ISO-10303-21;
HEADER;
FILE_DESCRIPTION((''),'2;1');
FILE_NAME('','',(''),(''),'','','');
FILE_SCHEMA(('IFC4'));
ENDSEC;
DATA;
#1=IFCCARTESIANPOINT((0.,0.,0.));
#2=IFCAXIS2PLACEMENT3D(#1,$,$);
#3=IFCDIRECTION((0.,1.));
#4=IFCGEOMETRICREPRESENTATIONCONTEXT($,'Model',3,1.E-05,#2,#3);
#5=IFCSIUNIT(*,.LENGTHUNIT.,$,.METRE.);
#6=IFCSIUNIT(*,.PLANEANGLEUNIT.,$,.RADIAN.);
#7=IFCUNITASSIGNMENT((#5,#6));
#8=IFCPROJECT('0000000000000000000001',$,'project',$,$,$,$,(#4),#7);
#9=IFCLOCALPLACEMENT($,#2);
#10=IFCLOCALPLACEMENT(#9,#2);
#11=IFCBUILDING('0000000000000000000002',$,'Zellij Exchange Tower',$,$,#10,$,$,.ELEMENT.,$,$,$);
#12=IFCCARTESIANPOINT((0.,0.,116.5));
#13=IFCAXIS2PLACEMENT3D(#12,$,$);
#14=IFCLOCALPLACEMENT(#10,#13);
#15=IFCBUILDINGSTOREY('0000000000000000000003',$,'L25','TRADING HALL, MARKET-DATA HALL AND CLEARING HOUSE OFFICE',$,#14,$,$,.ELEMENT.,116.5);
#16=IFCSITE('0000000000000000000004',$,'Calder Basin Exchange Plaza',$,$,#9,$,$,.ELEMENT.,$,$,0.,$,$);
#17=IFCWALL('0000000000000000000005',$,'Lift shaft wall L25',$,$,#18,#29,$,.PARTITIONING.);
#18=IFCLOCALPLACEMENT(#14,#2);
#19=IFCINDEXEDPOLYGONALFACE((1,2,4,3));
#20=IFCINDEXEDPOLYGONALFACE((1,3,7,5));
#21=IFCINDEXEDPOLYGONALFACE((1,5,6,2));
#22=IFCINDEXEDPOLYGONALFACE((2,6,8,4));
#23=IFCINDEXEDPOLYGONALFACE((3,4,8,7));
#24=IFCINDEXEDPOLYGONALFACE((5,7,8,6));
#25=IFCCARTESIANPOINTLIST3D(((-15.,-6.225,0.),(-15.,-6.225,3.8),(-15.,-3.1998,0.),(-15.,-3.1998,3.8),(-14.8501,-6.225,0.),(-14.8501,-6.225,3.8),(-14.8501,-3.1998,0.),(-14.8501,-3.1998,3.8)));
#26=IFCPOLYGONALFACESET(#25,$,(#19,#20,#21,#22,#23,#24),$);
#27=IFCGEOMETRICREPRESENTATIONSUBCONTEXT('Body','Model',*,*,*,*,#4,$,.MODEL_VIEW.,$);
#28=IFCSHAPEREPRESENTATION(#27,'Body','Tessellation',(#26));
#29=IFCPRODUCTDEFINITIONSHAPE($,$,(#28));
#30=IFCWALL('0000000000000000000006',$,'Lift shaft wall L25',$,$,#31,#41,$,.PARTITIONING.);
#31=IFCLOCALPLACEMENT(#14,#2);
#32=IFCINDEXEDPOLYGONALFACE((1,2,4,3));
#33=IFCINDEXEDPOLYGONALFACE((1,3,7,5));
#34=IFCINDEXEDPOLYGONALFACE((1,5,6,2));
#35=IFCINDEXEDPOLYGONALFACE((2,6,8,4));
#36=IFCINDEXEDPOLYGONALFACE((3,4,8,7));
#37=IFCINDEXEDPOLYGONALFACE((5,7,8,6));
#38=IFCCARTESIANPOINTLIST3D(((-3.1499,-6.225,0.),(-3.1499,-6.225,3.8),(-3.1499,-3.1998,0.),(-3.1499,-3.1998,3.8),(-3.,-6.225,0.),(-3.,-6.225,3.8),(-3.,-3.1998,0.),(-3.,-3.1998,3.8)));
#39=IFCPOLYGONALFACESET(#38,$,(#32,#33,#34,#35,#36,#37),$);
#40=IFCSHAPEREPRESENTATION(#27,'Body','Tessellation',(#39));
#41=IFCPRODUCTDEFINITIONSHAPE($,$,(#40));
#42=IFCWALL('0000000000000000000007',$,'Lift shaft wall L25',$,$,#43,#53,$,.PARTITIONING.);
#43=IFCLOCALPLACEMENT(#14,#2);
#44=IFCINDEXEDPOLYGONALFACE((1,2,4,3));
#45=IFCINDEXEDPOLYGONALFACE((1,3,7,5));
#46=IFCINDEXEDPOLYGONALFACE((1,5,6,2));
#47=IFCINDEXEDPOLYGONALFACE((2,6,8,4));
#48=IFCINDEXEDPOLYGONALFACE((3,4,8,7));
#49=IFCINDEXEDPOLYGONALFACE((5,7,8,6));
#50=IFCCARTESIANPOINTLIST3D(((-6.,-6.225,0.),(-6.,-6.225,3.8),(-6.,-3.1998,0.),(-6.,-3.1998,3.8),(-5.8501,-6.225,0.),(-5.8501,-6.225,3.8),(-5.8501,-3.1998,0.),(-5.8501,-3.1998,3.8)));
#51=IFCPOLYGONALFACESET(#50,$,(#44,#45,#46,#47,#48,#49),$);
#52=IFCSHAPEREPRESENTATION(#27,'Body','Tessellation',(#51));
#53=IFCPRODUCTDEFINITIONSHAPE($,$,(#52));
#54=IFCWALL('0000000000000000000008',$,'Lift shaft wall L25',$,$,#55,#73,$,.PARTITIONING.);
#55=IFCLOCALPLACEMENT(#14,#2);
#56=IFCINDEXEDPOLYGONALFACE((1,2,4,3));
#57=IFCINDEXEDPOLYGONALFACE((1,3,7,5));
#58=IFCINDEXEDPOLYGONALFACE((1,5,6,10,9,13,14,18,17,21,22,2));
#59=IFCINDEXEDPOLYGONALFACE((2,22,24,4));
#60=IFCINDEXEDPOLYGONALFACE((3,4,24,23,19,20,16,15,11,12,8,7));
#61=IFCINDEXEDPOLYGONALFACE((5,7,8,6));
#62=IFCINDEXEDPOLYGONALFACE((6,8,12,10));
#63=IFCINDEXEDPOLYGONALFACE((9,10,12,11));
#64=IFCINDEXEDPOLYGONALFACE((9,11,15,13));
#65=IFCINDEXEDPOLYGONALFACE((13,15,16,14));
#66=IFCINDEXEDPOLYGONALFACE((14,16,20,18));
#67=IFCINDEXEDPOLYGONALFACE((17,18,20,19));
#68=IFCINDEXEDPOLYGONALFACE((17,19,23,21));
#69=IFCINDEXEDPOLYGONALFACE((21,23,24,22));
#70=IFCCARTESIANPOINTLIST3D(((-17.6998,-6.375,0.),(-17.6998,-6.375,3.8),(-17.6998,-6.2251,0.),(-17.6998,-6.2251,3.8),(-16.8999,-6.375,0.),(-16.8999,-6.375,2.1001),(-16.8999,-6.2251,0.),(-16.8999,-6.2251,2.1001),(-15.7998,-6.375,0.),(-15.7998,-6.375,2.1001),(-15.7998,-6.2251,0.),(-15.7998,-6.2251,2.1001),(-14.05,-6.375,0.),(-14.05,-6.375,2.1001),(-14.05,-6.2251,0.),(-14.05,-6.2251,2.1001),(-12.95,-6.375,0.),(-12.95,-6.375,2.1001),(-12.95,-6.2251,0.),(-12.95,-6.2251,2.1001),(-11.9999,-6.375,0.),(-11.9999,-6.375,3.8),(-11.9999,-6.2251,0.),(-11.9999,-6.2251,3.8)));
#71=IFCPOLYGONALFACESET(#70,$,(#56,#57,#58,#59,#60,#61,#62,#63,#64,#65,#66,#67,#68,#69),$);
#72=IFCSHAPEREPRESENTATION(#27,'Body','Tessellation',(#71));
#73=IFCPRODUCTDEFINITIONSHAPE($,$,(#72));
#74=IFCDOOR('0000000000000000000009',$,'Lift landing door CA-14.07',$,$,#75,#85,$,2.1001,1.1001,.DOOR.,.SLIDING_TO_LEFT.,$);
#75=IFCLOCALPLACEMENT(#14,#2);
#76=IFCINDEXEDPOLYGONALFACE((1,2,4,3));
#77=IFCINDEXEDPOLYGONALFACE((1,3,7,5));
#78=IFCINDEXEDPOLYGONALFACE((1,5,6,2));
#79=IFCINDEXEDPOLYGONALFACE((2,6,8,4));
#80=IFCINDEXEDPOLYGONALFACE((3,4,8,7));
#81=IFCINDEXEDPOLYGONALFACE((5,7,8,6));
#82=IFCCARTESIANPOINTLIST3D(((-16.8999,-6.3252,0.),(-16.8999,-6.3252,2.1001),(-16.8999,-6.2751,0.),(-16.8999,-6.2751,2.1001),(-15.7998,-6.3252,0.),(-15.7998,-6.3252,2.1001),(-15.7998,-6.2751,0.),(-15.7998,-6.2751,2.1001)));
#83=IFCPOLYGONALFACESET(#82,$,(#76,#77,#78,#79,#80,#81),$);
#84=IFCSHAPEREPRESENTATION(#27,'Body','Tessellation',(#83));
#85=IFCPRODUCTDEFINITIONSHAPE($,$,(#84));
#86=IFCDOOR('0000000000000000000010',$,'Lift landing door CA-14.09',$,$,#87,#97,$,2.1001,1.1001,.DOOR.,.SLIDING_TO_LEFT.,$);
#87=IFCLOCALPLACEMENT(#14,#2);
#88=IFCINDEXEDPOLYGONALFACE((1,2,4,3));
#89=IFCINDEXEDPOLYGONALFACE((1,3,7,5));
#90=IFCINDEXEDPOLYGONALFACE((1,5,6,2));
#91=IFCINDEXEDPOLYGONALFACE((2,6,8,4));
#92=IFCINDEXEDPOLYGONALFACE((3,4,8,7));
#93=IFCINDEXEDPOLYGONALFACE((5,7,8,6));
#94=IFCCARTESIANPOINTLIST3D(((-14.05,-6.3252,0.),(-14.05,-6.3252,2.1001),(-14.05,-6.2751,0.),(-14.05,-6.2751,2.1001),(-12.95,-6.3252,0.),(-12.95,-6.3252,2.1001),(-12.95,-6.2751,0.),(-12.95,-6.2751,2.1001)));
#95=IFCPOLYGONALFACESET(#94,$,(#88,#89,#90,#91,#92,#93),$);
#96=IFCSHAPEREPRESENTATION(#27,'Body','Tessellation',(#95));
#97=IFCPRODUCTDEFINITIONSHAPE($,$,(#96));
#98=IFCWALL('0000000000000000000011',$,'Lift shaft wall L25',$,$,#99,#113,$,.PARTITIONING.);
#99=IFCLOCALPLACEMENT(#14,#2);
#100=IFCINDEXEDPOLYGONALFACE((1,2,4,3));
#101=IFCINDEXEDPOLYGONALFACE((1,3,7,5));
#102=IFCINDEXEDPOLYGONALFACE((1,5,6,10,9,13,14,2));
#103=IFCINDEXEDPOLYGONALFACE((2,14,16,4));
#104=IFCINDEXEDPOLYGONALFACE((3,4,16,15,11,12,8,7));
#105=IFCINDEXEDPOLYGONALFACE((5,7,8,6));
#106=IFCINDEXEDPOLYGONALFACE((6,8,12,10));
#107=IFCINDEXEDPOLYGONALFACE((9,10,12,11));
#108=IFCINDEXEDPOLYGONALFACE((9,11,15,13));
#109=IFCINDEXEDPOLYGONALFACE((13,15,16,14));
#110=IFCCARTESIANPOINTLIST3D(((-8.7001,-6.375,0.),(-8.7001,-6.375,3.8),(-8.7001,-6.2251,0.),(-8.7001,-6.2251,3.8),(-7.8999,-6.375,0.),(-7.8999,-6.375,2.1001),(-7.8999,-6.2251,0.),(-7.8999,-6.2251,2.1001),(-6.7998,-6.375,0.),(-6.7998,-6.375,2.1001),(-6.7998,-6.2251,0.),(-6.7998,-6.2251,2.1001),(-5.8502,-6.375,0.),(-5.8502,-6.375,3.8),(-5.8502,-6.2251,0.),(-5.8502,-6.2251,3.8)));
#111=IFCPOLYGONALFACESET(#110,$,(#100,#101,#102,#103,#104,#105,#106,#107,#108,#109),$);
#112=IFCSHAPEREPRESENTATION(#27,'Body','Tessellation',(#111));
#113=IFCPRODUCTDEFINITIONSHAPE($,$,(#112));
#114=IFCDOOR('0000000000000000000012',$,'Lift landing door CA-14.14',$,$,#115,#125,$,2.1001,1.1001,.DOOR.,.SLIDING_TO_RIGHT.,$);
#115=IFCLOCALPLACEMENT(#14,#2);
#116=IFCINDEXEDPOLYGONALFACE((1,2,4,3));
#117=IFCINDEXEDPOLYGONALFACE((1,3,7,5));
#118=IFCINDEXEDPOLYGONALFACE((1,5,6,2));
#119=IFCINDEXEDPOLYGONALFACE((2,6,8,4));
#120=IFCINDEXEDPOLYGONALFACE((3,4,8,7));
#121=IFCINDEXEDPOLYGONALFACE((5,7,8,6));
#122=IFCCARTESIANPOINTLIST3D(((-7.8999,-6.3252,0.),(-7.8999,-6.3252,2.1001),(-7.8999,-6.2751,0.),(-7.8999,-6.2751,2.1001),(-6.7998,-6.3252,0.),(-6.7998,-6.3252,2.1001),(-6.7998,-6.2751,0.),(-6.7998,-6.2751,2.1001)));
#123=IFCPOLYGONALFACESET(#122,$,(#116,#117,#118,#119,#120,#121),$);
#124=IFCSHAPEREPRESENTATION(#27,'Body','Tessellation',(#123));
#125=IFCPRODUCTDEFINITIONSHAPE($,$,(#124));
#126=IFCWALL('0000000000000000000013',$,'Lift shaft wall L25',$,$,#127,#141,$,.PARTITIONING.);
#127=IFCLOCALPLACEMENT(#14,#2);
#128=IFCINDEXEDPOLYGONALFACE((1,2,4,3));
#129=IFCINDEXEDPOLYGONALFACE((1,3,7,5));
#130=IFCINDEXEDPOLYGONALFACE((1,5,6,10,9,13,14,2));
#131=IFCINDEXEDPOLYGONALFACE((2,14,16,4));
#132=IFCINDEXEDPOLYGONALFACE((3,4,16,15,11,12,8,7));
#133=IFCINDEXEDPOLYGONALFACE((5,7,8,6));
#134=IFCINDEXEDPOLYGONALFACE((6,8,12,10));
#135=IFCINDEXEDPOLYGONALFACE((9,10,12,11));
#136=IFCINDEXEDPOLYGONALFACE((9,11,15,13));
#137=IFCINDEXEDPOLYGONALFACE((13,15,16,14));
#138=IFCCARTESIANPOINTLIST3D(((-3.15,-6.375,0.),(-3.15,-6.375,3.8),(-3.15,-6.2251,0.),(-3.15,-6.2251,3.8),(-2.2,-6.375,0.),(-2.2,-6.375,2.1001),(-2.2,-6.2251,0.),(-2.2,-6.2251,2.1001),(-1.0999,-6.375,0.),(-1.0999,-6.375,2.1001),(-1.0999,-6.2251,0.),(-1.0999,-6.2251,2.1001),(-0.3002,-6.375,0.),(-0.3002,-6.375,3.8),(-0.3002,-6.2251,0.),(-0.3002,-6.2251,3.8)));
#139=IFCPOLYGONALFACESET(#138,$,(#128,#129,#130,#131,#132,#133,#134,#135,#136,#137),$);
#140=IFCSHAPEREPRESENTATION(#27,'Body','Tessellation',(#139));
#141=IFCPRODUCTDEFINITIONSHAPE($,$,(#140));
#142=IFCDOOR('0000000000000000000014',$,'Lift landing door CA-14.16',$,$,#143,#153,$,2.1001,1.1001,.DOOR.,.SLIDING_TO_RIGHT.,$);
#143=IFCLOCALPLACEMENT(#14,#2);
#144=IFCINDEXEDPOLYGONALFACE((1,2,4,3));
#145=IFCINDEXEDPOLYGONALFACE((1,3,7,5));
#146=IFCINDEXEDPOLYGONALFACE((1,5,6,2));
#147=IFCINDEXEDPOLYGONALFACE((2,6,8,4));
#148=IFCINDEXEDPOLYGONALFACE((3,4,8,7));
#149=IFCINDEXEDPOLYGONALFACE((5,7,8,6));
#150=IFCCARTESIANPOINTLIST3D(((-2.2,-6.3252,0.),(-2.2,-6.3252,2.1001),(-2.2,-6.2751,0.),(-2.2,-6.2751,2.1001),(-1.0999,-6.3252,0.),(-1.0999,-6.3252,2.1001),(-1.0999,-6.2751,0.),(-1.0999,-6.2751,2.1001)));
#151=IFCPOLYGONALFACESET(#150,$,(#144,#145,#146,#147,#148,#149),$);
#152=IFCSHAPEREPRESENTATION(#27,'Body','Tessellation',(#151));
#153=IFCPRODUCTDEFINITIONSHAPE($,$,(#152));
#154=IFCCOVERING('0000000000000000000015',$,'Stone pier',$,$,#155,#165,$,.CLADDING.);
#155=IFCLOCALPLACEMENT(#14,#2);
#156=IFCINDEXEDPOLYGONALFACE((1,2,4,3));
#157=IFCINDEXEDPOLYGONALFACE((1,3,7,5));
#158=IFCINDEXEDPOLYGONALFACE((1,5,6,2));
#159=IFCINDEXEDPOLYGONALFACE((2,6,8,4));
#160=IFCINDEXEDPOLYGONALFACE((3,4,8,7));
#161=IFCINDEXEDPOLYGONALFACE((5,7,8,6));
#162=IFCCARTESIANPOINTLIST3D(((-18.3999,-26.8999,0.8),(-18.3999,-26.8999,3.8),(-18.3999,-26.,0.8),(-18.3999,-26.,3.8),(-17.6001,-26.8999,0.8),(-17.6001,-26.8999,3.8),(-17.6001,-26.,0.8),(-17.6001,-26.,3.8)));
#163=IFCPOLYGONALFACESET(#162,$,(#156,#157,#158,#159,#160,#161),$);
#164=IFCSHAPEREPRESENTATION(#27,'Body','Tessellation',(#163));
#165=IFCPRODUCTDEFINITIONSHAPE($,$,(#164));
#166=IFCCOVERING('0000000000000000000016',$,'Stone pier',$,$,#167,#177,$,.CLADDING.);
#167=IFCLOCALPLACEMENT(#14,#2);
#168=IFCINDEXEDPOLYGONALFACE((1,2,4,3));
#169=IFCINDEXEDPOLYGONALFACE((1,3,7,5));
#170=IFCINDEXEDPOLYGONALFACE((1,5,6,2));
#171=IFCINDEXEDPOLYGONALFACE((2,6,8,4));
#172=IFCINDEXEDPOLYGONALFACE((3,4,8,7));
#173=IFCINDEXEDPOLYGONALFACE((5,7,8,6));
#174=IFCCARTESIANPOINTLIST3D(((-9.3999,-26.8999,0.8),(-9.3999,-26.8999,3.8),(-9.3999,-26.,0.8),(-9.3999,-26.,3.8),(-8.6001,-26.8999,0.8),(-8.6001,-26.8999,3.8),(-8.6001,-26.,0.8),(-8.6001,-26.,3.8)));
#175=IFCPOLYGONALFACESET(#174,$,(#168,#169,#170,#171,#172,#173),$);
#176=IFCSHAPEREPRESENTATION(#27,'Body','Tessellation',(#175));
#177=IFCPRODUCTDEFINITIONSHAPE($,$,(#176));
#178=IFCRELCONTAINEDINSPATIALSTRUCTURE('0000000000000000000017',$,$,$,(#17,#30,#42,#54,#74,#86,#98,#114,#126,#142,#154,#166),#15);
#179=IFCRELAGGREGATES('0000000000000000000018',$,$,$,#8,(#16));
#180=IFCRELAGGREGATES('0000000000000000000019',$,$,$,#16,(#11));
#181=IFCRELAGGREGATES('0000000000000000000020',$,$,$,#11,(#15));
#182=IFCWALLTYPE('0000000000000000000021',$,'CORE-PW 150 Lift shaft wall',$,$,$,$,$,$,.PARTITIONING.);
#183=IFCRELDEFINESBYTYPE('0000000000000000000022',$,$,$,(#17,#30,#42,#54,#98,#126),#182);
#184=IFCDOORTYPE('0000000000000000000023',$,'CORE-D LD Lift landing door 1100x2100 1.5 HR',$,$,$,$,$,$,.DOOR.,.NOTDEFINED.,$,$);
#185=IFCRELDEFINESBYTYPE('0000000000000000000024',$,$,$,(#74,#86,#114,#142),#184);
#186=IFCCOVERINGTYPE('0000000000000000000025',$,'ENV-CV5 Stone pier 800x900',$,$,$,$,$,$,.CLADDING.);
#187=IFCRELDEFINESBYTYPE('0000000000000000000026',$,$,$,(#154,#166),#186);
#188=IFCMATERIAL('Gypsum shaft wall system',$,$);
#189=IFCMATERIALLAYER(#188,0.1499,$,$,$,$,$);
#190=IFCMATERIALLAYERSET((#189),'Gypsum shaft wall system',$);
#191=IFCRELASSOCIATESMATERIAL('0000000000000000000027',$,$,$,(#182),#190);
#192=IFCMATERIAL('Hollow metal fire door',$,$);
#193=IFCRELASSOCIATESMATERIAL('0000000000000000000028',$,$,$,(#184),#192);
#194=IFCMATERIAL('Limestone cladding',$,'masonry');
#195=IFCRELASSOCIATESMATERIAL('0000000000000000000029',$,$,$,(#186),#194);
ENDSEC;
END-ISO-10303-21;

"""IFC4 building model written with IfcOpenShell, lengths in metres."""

from ifc_helpers import new_model, si_unit, direction, frame, frame_2d, origin, place, context, subcontext, project, spatial, polyline, rectangle, outline, extrude, material, layer, layer_set, type_object, element, fill, save


model = new_model("IFC4")

# Units and contexts
model_context = context("Model", 3, precision=1e-05, world=origin(), true_north=direction((0.0, 1.0)))
body_context = subcontext(model_context, "Body", "Model", "MODEL_VIEW")
ifc_project = project(units=[si_unit("LENGTHUNIT", "METRE"), si_unit("PLANEANGLEUNIT", "RADIAN")], contexts=[model_context])

# Site, building, storey
site_placement = place(None, origin())
site = spatial("IfcSite", under=ifc_project, at=site_placement, Name="Calder Basin Exchange Plaza", CompositionType="ELEMENT", RefElevation=0.0)
building_placement = place(site_placement, origin())
building = spatial("IfcBuilding", under=site, at=building_placement, Name="Zellij Exchange Tower", CompositionType="ELEMENT")
storey_placement = place(building_placement, frame((0.0, 0.0, 116.5)))
storey = spatial("IfcBuildingStorey", under=building, at=storey_placement, Name="L25", Description="TRADING HALL, MARKET-DATA HALL AND CLEARING HOUSE OFFICE", CompositionType="ELEMENT", Elevation=116.5)

# Walls
ifc_material_1 = material(Name="Gypsum shaft wall system")
ifc_layer_1 = layer(ifc_material_1, 0.1499)
ifc_layer_set_1 = layer_set([ifc_layer_1], Name="Gypsum shaft wall system")
wall_type_1 = type_object("IfcWallType", Name="CORE-PW 150 Lift shaft wall", PredefinedType="PARTITIONING", material=ifc_layer_set_1)
for number, where, z_axis, x_axis, name in (
    (1, (-14.925, -6.2251, 0.0), (0.0, 0.0, 1.0), (0.0, 1.0, 0.0), "Lift shaft wall L25"),
    (2, (-3.075, -6.2251, 0.0), (0.0, 0.0, 1.0), (0.0, 1.0, 0.0), "Lift shaft wall L25"),
    (3, (-5.925, -6.2251, 0.0), (0.0, 0.0, 1.0), (0.0, 1.0, 0.0), "Lift shaft wall L25"),
):
    element("IfcWall", number, at=place(storey_placement, frame(where, z_axis=z_axis, x_axis=x_axis)), inside=storey, type_object=wall_type_1, Name=name, PredefinedType="PARTITIONING", context=body_context, shape_type="SweptSolid", body=[
        extrude(rectangle(XDim=3.0251, YDim=0.1499, at=frame_2d((1.5127, 0.0))), origin(), (0.0, 0.0, 1.0), 3.8),
    ])

# Wall, openings, doors
wall_1_placement = place(storey_placement, frame((-17.7, -6.3, 0.0), z_axis=(0.0, 0.0, 1.0), x_axis=(1.0, 0.0, 0.0)))
wall_1 = element("IfcWall", 4, at=wall_1_placement, inside=storey, type_object=wall_type_1, Name="Lift shaft wall L25", PredefinedType="PARTITIONING", context=body_context, shape_type="SweptSolid", body=[
    extrude(rectangle(XDim=5.7, YDim=0.1499, at=frame_2d((2.8501, 0.0))), origin(), (0.0, 0.0, 1.0), 3.8),
])
opening_1_placement = place(wall_1_placement, frame((0.8, 0.0, 0.0)))
opening_1 = element("IfcOpeningElement", 5, at=opening_1_placement, cuts=wall_1, PredefinedType="OPENING", context=body_context, shape_type="SweptSolid", body=[
    extrude(rectangle(XDim=1.1001, YDim=2.1001, at=frame_2d((0.55, 1.05))), frame((0.0, 0.0869, 0.0), z_axis=(0.0, -1.0, 0.0), x_axis=(1.0, 0.0, 0.0)), (0.0, 0.0, 1.0), 0.1738),
])
opening_2_placement = place(wall_1_placement, frame((3.6499, 0.0, 0.0)))
opening_2 = element("IfcOpeningElement", 6, at=opening_2_placement, cuts=wall_1, PredefinedType="OPENING", context=body_context, shape_type="SweptSolid", body=[
    extrude(rectangle(XDim=1.1001, YDim=2.1001, at=frame_2d((0.55, 1.05))), frame((0.0, 0.0869, 0.0), z_axis=(0.0, -1.0, 0.0), x_axis=(1.0, 0.0, 0.0)), (0.0, 0.0, 1.0), 0.1738),
])
ifc_material_2 = material(Name="Hollow metal fire door")
door_type = type_object("IfcDoorType", Name="CORE-D LD Lift landing door 1100x2100 1.5 HR", OperationType="NOTDEFINED", PredefinedType="DOOR", material=ifc_material_2)
door_1_placement = place(opening_1_placement, origin())
door_1 = element("IfcDoor", 7, at=door_1_placement, inside=storey, type_object=door_type, Name="Lift landing door CA-14.07", OperationType="SLIDING_TO_LEFT", OverallHeight=2.1001, OverallWidth=1.1001, PredefinedType="DOOR", context=body_context, shape_type="SweptSolid", body=[
    extrude(rectangle(XDim=1.1001, YDim=2.1001, at=frame_2d((0.55, 1.05))), frame((0.0, 0.0249, 0.0), z_axis=(0.0, -1.0, 0.0), x_axis=(1.0, 0.0, 0.0)), (0.0, 0.0, 1.0), 0.05),
])
fill(opening_1, door_1)
door_2_placement = place(opening_2_placement, origin())
door_2 = element("IfcDoor", 8, at=door_2_placement, inside=storey, type_object=door_type, Name="Lift landing door CA-14.09", OperationType="SLIDING_TO_LEFT", OverallHeight=2.1001, OverallWidth=1.1001, PredefinedType="DOOR", context=body_context, shape_type="SweptSolid", body=[
    extrude(rectangle(XDim=1.1001, YDim=2.1001, at=frame_2d((0.55, 1.05))), frame((0.0, 0.0249, 0.0), z_axis=(0.0, -1.0, 0.0), x_axis=(1.0, 0.0, 0.0)), (0.0, 0.0, 1.0), 0.05),
])
fill(opening_2, door_2)

# Walls, openings, doors
wall_2_placement = place(storey_placement, frame((-8.7, -6.3, 0.0), z_axis=(0.0, 0.0, 1.0), x_axis=(1.0, 0.0, 0.0)))
wall_2 = element("IfcWall", 9, at=wall_2_placement, inside=storey, type_object=wall_type_1, Name="Lift shaft wall L25", PredefinedType="PARTITIONING", context=body_context, shape_type="SweptSolid", body=[
    extrude(rectangle(XDim=2.8499, YDim=0.1499, at=frame_2d((1.4248, 0.0))), origin(), (0.0, 0.0, 1.0), 3.8),
])
opening_3_placement = place(wall_2_placement, frame((0.8, 0.0, 0.0)))
opening_3 = element("IfcOpeningElement", 10, at=opening_3_placement, cuts=wall_2, PredefinedType="OPENING", context=body_context, shape_type="SweptSolid", body=[
    extrude(rectangle(XDim=1.1001, YDim=2.1001, at=frame_2d((0.55, 1.05))), frame((0.0, 0.0869, 0.0), z_axis=(0.0, -1.0, 0.0), x_axis=(1.0, 0.0, 0.0)), (0.0, 0.0, 1.0), 0.1738),
])
door_3_placement = place(opening_3_placement, origin())
door_3 = element("IfcDoor", 11, at=door_3_placement, inside=storey, type_object=door_type, Name="Lift landing door CA-14.14", OperationType="SLIDING_TO_RIGHT", OverallHeight=2.1001, OverallWidth=1.1001, PredefinedType="DOOR", context=body_context, shape_type="SweptSolid", body=[
    extrude(rectangle(XDim=1.1001, YDim=2.1001, at=frame_2d((0.55, 1.05))), frame((0.0, 0.0249, 0.0), z_axis=(0.0, -1.0, 0.0), x_axis=(1.0, 0.0, 0.0)), (0.0, 0.0, 1.0), 0.05),
])
fill(opening_3, door_3)
wall_3_placement = place(storey_placement, frame((-3.1499, -6.3, 0.0), z_axis=(0.0, 0.0, 1.0), x_axis=(1.0, 0.0, 0.0)))
wall_3 = element("IfcWall", 12, at=wall_3_placement, inside=storey, type_object=wall_type_1, Name="Lift shaft wall L25", PredefinedType="PARTITIONING", context=body_context, shape_type="SweptSolid", body=[
    extrude(rectangle(XDim=2.8499, YDim=0.1499, at=frame_2d((1.4248, 0.0))), origin(), (0.0, 0.0, 1.0), 3.8),
])
opening_4_placement = place(wall_3_placement, frame((0.95, 0.0, 0.0)))
opening_4 = element("IfcOpeningElement", 13, at=opening_4_placement, cuts=wall_3, PredefinedType="OPENING", context=body_context, shape_type="SweptSolid", body=[
    extrude(rectangle(XDim=1.1001, YDim=2.1001, at=frame_2d((0.55, 1.05))), frame((0.0, 0.0869, 0.0), z_axis=(0.0, -1.0, 0.0), x_axis=(1.0, 0.0, 0.0)), (0.0, 0.0, 1.0), 0.1738),
])
door_4_placement = place(opening_4_placement, origin())
door_4 = element("IfcDoor", 14, at=door_4_placement, inside=storey, type_object=door_type, Name="Lift landing door CA-14.16", OperationType="SLIDING_TO_RIGHT", OverallHeight=2.1001, OverallWidth=1.1001, PredefinedType="DOOR", context=body_context, shape_type="SweptSolid", body=[
    extrude(rectangle(XDim=1.1001, YDim=2.1001, at=frame_2d((0.55, 1.05))), frame((0.0, 0.0249, 0.0), z_axis=(0.0, -1.0, 0.0), x_axis=(1.0, 0.0, 0.0)), (0.0, 0.0, 1.0), 0.05),
])
fill(opening_4, door_4)

# Coverings
ifc_material_3 = material(Name="Limestone cladding", Category="masonry")
covering_type_1 = type_object("IfcCoveringType", Name="ENV-CV5 Stone pier 800x900", PredefinedType="CLADDING", material=ifc_material_3)
covering_1_placement = place(storey_placement, frame((0.0, 0.0, 0.8)))
element("IfcCovering", 15, at=covering_1_placement, inside=storey, type_object=covering_type_1, Name="Stone pier", PredefinedType="CLADDING", context=body_context, shape_type="SweptSolid", body=[
    extrude(outline(polyline([(-18.3999, -26.0), (-17.6001, -26.0), (-17.6001, -26.8999), (-18.3999, -26.8999), (-18.3999, -26.0)])), origin(), (0.0, 0.0, 1.0), 3.0),
])
covering_2_placement = place(storey_placement, frame((0.0, 0.0, 0.8)))
element("IfcCovering", 16, at=covering_2_placement, inside=storey, type_object=covering_type_1, Name="Stone pier", PredefinedType="CLADDING", context=body_context, shape_type="SweptSolid", body=[
    extrude(outline(polyline([(-9.3999, -26.0), (-8.6001, -26.0), (-8.6001, -26.8999), (-9.3999, -26.8999), (-9.3999, -26.0)])), origin(), (0.0, 0.0, 1.0), 3.0),
])

save(model, "model.ifc")
